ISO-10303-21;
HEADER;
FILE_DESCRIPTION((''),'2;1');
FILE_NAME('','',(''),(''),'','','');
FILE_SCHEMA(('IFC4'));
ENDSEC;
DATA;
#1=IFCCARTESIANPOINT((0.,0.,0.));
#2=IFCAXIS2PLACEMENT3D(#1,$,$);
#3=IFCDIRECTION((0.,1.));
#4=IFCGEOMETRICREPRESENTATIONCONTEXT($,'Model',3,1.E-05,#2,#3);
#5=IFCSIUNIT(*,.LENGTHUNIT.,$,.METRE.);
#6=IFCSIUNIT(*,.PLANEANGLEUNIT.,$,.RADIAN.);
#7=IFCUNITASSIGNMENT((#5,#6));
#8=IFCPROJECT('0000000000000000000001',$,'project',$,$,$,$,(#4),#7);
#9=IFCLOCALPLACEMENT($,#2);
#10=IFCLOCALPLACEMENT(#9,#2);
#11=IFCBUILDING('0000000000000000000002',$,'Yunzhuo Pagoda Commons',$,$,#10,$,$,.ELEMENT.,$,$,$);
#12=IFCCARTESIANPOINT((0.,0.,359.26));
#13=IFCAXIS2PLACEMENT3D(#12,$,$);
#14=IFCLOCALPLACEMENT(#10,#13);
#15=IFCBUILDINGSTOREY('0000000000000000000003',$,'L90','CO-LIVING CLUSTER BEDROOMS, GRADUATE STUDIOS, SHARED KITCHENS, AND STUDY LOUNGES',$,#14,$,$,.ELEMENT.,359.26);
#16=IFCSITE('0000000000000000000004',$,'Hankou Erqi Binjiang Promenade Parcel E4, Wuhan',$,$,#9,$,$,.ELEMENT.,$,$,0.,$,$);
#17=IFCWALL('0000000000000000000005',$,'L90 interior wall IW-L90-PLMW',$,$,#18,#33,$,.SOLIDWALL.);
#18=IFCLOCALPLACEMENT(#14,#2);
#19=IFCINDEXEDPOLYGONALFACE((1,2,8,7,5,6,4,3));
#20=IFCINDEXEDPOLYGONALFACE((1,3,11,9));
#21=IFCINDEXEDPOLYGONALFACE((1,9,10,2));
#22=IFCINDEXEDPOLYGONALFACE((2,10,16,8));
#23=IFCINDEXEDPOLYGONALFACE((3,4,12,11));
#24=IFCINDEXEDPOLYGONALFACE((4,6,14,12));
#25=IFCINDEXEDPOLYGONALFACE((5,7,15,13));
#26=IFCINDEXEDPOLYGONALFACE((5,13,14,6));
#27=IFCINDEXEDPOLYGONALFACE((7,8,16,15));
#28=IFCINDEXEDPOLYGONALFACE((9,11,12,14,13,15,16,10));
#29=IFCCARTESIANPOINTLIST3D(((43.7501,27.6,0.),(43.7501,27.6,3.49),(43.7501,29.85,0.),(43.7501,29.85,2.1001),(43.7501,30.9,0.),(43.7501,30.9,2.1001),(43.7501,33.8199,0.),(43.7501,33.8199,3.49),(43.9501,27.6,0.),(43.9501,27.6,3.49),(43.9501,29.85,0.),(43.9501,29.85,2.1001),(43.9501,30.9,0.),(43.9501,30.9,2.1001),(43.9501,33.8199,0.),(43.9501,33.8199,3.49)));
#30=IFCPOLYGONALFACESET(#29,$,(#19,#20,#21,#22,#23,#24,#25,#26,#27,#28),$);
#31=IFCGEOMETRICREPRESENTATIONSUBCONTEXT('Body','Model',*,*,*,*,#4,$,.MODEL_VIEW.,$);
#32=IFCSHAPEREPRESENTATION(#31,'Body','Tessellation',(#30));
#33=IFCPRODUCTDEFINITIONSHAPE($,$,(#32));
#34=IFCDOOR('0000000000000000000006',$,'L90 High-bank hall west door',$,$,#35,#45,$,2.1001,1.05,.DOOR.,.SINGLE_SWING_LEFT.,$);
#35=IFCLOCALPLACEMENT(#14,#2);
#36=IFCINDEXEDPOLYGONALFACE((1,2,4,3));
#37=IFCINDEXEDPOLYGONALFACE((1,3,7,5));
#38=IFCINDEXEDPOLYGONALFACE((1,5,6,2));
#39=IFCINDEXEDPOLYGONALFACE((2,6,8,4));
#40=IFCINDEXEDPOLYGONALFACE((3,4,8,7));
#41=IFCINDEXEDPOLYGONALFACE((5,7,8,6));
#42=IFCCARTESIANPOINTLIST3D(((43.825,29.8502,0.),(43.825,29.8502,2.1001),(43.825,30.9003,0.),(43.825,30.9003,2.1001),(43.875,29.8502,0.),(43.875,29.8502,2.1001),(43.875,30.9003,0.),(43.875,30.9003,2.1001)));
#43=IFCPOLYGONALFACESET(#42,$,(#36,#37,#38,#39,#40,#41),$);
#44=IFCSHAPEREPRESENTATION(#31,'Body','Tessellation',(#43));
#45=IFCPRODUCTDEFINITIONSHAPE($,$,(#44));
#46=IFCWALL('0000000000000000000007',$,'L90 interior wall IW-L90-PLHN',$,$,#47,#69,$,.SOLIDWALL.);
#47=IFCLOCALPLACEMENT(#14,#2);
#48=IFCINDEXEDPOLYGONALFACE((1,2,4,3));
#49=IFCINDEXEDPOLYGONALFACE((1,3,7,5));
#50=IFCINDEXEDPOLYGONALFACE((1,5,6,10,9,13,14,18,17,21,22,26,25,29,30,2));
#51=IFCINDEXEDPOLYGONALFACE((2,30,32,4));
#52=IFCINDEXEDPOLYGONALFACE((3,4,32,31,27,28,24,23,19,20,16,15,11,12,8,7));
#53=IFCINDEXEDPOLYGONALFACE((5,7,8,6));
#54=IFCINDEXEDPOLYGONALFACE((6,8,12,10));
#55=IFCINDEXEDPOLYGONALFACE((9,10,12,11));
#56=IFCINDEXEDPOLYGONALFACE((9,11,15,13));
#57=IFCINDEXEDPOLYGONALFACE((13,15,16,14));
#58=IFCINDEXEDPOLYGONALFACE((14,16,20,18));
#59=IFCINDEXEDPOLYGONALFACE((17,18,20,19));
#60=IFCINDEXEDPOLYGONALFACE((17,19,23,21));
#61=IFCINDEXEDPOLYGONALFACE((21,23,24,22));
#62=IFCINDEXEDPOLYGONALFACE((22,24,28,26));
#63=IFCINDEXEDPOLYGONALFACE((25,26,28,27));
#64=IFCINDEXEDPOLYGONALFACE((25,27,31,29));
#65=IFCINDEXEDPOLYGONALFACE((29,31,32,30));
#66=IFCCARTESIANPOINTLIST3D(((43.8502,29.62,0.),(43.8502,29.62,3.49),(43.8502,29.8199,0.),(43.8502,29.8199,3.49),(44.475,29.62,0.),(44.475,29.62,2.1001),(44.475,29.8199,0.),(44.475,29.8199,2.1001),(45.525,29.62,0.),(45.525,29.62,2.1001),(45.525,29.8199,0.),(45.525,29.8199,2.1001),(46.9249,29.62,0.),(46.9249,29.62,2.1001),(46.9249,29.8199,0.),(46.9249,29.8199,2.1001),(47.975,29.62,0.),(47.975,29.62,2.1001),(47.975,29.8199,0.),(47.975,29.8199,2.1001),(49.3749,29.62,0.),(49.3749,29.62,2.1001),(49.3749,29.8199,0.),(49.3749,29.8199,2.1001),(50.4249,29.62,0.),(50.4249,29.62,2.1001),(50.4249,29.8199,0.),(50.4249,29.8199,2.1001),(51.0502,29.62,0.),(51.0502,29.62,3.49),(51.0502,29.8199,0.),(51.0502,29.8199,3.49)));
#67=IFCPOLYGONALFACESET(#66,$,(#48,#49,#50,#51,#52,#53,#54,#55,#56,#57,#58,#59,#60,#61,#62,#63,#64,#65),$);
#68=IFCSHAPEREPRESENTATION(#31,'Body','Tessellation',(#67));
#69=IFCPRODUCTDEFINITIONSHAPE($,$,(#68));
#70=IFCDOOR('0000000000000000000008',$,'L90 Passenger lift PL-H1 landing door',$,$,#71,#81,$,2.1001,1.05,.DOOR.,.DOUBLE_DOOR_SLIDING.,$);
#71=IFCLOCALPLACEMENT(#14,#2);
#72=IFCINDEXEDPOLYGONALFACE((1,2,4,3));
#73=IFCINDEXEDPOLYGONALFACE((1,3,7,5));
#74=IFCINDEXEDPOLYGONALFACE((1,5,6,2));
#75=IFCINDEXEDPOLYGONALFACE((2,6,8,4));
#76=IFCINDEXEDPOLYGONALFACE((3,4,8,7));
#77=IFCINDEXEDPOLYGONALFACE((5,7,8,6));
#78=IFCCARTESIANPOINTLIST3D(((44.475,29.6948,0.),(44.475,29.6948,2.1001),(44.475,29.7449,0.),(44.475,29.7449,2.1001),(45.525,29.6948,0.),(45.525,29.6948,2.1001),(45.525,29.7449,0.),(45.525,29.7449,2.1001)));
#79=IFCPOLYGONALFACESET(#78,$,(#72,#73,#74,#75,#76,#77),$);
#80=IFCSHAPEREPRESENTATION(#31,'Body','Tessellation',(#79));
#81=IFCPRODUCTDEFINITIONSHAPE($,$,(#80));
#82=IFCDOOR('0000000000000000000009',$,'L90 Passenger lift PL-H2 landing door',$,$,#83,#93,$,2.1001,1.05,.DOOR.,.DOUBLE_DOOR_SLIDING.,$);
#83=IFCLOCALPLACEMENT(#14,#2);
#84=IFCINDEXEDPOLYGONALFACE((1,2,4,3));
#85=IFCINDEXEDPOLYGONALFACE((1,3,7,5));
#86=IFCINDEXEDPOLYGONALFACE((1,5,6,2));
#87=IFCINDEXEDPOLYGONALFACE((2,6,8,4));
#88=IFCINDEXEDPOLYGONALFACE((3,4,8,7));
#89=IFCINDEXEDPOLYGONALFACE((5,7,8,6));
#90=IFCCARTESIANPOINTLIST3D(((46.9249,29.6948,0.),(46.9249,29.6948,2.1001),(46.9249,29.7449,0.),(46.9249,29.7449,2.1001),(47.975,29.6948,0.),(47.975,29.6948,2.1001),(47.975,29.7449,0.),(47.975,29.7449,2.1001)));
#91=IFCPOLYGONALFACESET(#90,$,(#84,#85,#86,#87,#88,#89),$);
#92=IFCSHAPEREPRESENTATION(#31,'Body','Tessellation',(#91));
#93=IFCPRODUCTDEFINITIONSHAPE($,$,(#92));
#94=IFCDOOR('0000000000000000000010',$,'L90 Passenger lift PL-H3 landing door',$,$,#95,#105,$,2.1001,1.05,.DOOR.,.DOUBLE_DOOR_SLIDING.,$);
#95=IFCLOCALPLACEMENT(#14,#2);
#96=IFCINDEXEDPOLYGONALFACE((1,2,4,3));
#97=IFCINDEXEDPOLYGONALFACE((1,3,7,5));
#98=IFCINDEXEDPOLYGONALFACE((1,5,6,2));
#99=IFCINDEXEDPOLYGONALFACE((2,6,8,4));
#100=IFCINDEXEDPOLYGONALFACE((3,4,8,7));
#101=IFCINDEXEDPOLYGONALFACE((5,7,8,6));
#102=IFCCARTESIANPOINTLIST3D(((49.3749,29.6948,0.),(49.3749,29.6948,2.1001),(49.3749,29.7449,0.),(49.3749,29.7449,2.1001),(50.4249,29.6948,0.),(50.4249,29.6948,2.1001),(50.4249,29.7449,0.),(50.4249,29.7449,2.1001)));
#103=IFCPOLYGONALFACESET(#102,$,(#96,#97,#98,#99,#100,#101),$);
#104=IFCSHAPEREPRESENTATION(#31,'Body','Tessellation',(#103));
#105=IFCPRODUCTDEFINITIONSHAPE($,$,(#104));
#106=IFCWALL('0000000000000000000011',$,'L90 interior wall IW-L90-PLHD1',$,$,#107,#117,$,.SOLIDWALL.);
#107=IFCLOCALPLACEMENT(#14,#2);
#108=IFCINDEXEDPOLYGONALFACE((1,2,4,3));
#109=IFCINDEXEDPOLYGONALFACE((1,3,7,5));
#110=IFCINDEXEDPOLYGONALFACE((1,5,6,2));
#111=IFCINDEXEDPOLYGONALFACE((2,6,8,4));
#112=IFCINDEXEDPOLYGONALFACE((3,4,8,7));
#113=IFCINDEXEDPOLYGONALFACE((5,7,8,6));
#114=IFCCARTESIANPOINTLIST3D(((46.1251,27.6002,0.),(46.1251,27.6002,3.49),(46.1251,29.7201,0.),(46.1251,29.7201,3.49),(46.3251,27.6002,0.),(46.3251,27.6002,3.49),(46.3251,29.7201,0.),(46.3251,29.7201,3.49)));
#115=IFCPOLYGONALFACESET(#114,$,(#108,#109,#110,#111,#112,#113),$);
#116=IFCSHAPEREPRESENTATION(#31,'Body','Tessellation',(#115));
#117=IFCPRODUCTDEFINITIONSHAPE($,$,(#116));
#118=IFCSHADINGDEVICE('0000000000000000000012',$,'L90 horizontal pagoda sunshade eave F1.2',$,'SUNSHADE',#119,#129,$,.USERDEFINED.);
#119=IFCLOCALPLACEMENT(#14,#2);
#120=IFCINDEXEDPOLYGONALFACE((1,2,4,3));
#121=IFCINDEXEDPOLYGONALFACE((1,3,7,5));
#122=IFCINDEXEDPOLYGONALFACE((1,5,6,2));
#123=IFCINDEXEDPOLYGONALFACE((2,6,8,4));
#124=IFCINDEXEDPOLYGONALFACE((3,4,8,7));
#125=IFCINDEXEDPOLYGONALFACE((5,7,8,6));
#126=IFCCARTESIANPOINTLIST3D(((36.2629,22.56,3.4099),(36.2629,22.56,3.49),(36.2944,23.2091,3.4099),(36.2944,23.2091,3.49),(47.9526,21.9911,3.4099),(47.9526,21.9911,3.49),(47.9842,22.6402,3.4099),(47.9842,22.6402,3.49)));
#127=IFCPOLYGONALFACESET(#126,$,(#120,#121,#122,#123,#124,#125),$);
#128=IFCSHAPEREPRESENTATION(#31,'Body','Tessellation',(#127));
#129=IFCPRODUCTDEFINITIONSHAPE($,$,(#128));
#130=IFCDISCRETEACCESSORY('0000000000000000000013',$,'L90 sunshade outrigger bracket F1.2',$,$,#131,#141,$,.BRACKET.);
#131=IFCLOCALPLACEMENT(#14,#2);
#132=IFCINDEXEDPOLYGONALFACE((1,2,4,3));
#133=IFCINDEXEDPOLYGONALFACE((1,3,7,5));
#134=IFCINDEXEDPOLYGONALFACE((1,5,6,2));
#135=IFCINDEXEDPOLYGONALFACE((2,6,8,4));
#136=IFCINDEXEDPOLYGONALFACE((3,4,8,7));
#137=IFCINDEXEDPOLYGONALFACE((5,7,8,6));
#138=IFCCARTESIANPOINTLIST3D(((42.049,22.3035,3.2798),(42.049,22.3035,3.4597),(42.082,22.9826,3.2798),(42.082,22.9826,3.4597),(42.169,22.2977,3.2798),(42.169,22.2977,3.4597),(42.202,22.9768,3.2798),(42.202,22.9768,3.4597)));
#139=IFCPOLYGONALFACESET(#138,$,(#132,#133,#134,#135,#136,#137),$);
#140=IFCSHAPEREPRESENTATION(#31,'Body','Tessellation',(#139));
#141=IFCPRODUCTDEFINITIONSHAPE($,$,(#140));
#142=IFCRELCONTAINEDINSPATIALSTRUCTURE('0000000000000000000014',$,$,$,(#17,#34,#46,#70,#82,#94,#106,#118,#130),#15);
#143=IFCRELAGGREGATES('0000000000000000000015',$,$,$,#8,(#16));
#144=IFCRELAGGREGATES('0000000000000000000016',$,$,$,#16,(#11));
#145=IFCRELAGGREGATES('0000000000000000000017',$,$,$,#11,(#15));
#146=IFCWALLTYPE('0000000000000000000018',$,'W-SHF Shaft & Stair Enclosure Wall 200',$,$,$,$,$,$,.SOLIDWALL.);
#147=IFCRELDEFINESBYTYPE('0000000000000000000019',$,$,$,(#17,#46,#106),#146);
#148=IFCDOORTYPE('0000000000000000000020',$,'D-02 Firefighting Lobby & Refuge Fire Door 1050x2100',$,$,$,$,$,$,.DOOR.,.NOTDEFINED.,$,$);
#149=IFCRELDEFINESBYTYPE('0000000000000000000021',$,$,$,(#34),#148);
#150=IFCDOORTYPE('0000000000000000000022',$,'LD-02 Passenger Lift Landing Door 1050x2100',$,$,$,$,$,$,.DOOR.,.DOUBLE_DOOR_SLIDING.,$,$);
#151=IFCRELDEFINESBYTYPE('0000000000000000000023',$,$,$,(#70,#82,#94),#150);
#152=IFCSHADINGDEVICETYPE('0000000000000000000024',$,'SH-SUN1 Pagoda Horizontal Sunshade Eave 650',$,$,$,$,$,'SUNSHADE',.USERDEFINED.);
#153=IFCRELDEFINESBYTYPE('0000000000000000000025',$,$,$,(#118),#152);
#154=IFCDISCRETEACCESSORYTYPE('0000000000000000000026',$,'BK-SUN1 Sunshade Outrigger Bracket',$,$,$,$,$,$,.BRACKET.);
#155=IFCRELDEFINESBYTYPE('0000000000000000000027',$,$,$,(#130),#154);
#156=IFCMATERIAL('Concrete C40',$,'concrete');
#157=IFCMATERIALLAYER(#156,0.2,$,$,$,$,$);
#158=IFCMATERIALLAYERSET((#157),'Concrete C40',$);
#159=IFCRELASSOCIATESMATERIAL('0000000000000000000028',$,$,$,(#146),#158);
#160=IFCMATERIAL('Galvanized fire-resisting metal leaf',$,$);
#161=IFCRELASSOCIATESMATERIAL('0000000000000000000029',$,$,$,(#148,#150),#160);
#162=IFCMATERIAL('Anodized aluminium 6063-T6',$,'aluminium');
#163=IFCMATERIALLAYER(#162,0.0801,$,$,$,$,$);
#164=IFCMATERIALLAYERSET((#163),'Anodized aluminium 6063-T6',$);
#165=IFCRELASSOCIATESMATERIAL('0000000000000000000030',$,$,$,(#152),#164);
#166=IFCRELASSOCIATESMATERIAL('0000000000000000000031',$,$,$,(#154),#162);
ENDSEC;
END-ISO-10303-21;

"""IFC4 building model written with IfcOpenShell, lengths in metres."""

from ifc_helpers import new_model, si_unit, direction, frame, frame_2d, origin, origin_with_axes, origin_2d, place, context, subcontext, project, spatial, rectangle, extrude, source, transform, mapped, material, layer, layer_set, type_object, element, fill, save


model = new_model("IFC4")

# Units and contexts
model_context = context("Model", 3, precision=1e-05, world=origin(), true_north=direction((0.0, 1.0)))
body_context = subcontext(model_context, "Body", "Model", "MODEL_VIEW")
ifc_project = project(units=[si_unit("LENGTHUNIT", "METRE"), si_unit("PLANEANGLEUNIT", "RADIAN")], contexts=[model_context])

# Site, building, storey
site_placement = place(None, origin())
site = spatial("IfcSite", under=ifc_project, at=site_placement, Name="Hankou Erqi Binjiang Promenade Parcel E4, Wuhan", CompositionType="ELEMENT", RefElevation=0.0)
building_placement = place(site_placement, origin())
building = spatial("IfcBuilding", under=site, at=building_placement, Name="Yunzhuo Pagoda Commons", CompositionType="ELEMENT")
storey_placement = place(building_placement, frame((0.0, 0.0, 359.26)))
storey = spatial("IfcBuildingStorey", under=building, at=storey_placement, Name="L90", Description="CO-LIVING CLUSTER BEDROOMS, GRADUATE STUDIOS, SHARED KITCHENS, AND STUDY LOUNGES", CompositionType="ELEMENT", Elevation=359.26)

# Shared definitions
ifc_material_1 = material(Name="Anodized aluminium 6063-T6", Category="aluminium")

# Shared definitions
ifc_material_2 = material(Name="Galvanized fire-resisting metal leaf")

# Wall, opening, door
ifc_material_3 = material(Name="Concrete C40", Category="concrete")
ifc_layer_1 = layer(ifc_material_3, 0.2)
ifc_layer_set_1 = layer_set([ifc_layer_1], Name="Concrete C40")
wall_type_1 = type_object("IfcWallType", Name="W-SHF Shaft & Stair Enclosure Wall 200", PredefinedType="SOLIDWALL", material=ifc_layer_set_1)
wall_1_placement = place(storey_placement, frame((43.8501, 27.6001, 0.0), z_axis=(0.0, 0.0, 1.0), x_axis=(0.0, 1.0, 0.0)))
wall_1 = element("IfcWall", 1, at=wall_1_placement, inside=storey, type_object=wall_type_1, Name="L90 interior wall IW-L90-PLMW", PredefinedType="SOLIDWALL", context=body_context, shape_type="SweptSolid", body=[
    extrude(rectangle(XDim=6.22, YDim=0.2, at=frame_2d((3.1099, 0.0))), origin(), (0.0, 0.0, 1.0), 3.49),
])
opening_1_placement = place(wall_1_placement, frame((2.25, 0.0, 0.0)))
opening_1 = element("IfcOpeningElement", 2, at=opening_1_placement, cuts=wall_1, PredefinedType="OPENING", context=body_context, shape_type="SweptSolid", body=[
    extrude(rectangle(XDim=1.05, YDim=2.1001, at=frame_2d((0.5249, 1.05))), frame((0.0, 0.1099, 0.0), z_axis=(0.0, -1.0, 0.0), x_axis=(1.0, 0.0, 0.0)), (0.0, 0.0, 1.0), 0.22),
])
door_type_1 = type_object("IfcDoorType", Name="D-02 Firefighting Lobby & Refuge Fire Door 1050x2100", OperationType="NOTDEFINED", PredefinedType="DOOR", material=ifc_material_2)
shared_shape_1 = source(origin(), body_context, "Body", "SweptSolid", [
    extrude(rectangle(XDim=1.05, YDim=2.1001, at=frame_2d((0.5249, 1.05))), frame((0.0, 0.0249, 0.0), z_axis=(0.0, -1.0, 0.0), x_axis=(1.0, 0.0, 0.0)), (0.0, 0.0, 1.0), 0.05),
])
door_1_placement = place(opening_1_placement, frame((1.05, 0.0, 0.0), z_axis=(0.0, 0.0, 1.0), x_axis=(-1.0, 0.0, 0.0)))
door_1 = element("IfcDoor", 3, at=door_1_placement, inside=storey, type_object=door_type_1, Name="L90 High-bank hall west door", OperationType="SINGLE_SWING_LEFT", OverallHeight=2.1001, OverallWidth=1.05, PredefinedType="DOOR", context=body_context, shape_type="MappedRepresentation", body=[
    mapped(shared_shape_1, transform((0.0, 0.0, 0.0), scale=1.0)),
])
fill(opening_1, door_1)

# Wall, openings, doors
wall_2_placement = place(storey_placement, frame((43.8501, 29.72, 0.0), z_axis=(0.0, 0.0, 1.0), x_axis=(1.0, 0.0, 0.0)))
wall_2 = element("IfcWall", 4, at=wall_2_placement, inside=storey, type_object=wall_type_1, Name="L90 interior wall IW-L90-PLHN", PredefinedType="SOLIDWALL", context=body_context, shape_type="SweptSolid", body=[
    extrude(rectangle(XDim=7.2, YDim=0.2, at=frame_2d((3.6001, 0.0))), origin(), (0.0, 0.0, 1.0), 3.49),
])
opening_2_placement = place(wall_2_placement, frame((0.625, 0.0, 0.0)))
opening_2 = element("IfcOpeningElement", 5, at=opening_2_placement, cuts=wall_2, PredefinedType="OPENING", context=body_context, shape_type="SweptSolid", body=[
    extrude(rectangle(XDim=1.05, YDim=2.1001, at=frame_2d((0.5249, 1.05))), frame((0.0, 0.1099, 0.0), z_axis=(0.0, -1.0, 0.0), x_axis=(1.0, 0.0, 0.0)), (0.0, 0.0, 1.0), 0.22),
])
opening_3_placement = place(wall_2_placement, frame((3.075, 0.0, 0.0)))
opening_3 = element("IfcOpeningElement", 6, at=opening_3_placement, cuts=wall_2, PredefinedType="OPENING", context=body_context, shape_type="SweptSolid", body=[
    extrude(rectangle(XDim=1.05, YDim=2.1001, at=frame_2d((0.5249, 1.05))), frame((0.0, 0.1099, 0.0), z_axis=(0.0, -1.0, 0.0), x_axis=(1.0, 0.0, 0.0)), (0.0, 0.0, 1.0), 0.22),
])
opening_4_placement = place(wall_2_placement, frame((5.5249, 0.0, 0.0)))
opening_4 = element("IfcOpeningElement", 7, at=opening_4_placement, cuts=wall_2, PredefinedType="OPENING", context=body_context, shape_type="SweptSolid", body=[
    extrude(rectangle(XDim=1.05, YDim=2.1001, at=frame_2d((0.5249, 1.05))), frame((0.0, 0.1099, 0.0), z_axis=(0.0, -1.0, 0.0), x_axis=(1.0, 0.0, 0.0)), (0.0, 0.0, 1.0), 0.22),
])
door_type_2 = type_object("IfcDoorType", Name="LD-02 Passenger Lift Landing Door 1050x2100", OperationType="DOUBLE_DOOR_SLIDING", PredefinedType="DOOR", material=ifc_material_2)
door_2_placement = place(opening_2_placement, origin_with_axes())
door_2 = element("IfcDoor", 8, at=door_2_placement, inside=storey, type_object=door_type_2, Name="L90 Passenger lift PL-H1 landing door", OperationType="DOUBLE_DOOR_SLIDING", OverallHeight=2.1001, OverallWidth=1.05, PredefinedType="DOOR", context=body_context, shape_type="MappedRepresentation", body=[
    mapped(shared_shape_1, transform((0.0, 0.0, 0.0), scale=1.0)),
])
fill(opening_2, door_2)
door_3_placement = place(opening_3_placement, origin_with_axes())
door_3 = element("IfcDoor", 9, at=door_3_placement, inside=storey, type_object=door_type_2, Name="L90 Passenger lift PL-H2 landing door", OperationType="DOUBLE_DOOR_SLIDING", OverallHeight=2.1001, OverallWidth=1.05, PredefinedType="DOOR", context=body_context, shape_type="MappedRepresentation", body=[
    mapped(shared_shape_1, transform((0.0, 0.0, 0.0), scale=1.0)),
])
fill(opening_3, door_3)
door_4_placement = place(opening_4_placement, origin_with_axes())
door_4 = element("IfcDoor", 10, at=door_4_placement, inside=storey, type_object=door_type_2, Name="L90 Passenger lift PL-H3 landing door", OperationType="DOUBLE_DOOR_SLIDING", OverallHeight=2.1001, OverallWidth=1.05, PredefinedType="DOOR", context=body_context, shape_type="MappedRepresentation", body=[
    mapped(shared_shape_1, transform((0.0, 0.0, 0.0), scale=1.0)),
])
fill(opening_4, door_4)

# Wall
wall_3_placement = place(storey_placement, frame((46.2251, 27.6001, 0.0), z_axis=(0.0, 0.0, 1.0), x_axis=(0.0, 1.0, 0.0)))
element("IfcWall", 11, at=wall_3_placement, inside=storey, type_object=wall_type_1, Name="L90 interior wall IW-L90-PLHD1", PredefinedType="SOLIDWALL", context=body_context, shape_type="SweptSolid", body=[
    extrude(rectangle(XDim=2.1199, YDim=0.2, at=frame_2d((1.0601, 0.0))), origin(), (0.0, 0.0, 1.0), 3.49),
])

# Shading device
ifc_layer_2 = layer(ifc_material_1, 0.0801)
ifc_layer_set_2 = layer_set([ifc_layer_2], Name="Anodized aluminium 6063-T6")
shading_device_type = type_object("IfcShadingDeviceType", Name="SH-SUN1 Pagoda Horizontal Sunshade Eave 650", ElementType="SUNSHADE", PredefinedType="USERDEFINED", material=ifc_layer_set_2)
shared_shape_2 = source(origin(), body_context, "Body", "SweptSolid", [
    extrude(rectangle(XDim=11.7036, YDim=0.6499, at=origin_2d()), origin(), (0.0, 0.0, 1.0), 0.0801),
])
shading_device_placement = place(storey_placement, frame((42.1235, 22.6001, 3.4099), z_axis=(0.0, 0.0, 1.0), x_axis=(0.998818, -0.048606, 0.0)))
element("IfcShadingDevice", 12, at=shading_device_placement, inside=storey, type_object=shading_device_type, Name="L90 horizontal pagoda sunshade eave F1.2", ObjectType="SUNSHADE", PredefinedType="USERDEFINED", context=body_context, shape_type="MappedRepresentation", body=[
    mapped(shared_shape_2, transform((0.0, 0.0, 0.0), scale=1.0)),
])

# Discrete accessory
discrete_accessory_type = type_object("IfcDiscreteAccessoryType", Name="BK-SUN1 Sunshade Outrigger Bracket", PredefinedType="BRACKET", material=ifc_material_1)
shared_shape_3 = source(origin(), body_context, "Body", "SweptSolid", [
    extrude(rectangle(XDim=0.1201, YDim=0.6799, at=origin_2d()), origin(), (0.0, 0.0, 1.0), 0.1799),
])
discrete_accessory_placement = place(storey_placement, frame((42.1255, 22.6401, 3.2798), z_axis=(0.0, 0.0, 1.0), x_axis=(0.998818, -0.048606, 0.0)))
element("IfcDiscreteAccessory", 13, at=discrete_accessory_placement, inside=storey, type_object=discrete_accessory_type, Name="L90 sunshade outrigger bracket F1.2", PredefinedType="BRACKET", context=body_context, shape_type="MappedRepresentation", body=[
    mapped(shared_shape_3, transform((0.0, 0.0, 0.0), scale=1.0)),
])

save(model, "model.ifc")
